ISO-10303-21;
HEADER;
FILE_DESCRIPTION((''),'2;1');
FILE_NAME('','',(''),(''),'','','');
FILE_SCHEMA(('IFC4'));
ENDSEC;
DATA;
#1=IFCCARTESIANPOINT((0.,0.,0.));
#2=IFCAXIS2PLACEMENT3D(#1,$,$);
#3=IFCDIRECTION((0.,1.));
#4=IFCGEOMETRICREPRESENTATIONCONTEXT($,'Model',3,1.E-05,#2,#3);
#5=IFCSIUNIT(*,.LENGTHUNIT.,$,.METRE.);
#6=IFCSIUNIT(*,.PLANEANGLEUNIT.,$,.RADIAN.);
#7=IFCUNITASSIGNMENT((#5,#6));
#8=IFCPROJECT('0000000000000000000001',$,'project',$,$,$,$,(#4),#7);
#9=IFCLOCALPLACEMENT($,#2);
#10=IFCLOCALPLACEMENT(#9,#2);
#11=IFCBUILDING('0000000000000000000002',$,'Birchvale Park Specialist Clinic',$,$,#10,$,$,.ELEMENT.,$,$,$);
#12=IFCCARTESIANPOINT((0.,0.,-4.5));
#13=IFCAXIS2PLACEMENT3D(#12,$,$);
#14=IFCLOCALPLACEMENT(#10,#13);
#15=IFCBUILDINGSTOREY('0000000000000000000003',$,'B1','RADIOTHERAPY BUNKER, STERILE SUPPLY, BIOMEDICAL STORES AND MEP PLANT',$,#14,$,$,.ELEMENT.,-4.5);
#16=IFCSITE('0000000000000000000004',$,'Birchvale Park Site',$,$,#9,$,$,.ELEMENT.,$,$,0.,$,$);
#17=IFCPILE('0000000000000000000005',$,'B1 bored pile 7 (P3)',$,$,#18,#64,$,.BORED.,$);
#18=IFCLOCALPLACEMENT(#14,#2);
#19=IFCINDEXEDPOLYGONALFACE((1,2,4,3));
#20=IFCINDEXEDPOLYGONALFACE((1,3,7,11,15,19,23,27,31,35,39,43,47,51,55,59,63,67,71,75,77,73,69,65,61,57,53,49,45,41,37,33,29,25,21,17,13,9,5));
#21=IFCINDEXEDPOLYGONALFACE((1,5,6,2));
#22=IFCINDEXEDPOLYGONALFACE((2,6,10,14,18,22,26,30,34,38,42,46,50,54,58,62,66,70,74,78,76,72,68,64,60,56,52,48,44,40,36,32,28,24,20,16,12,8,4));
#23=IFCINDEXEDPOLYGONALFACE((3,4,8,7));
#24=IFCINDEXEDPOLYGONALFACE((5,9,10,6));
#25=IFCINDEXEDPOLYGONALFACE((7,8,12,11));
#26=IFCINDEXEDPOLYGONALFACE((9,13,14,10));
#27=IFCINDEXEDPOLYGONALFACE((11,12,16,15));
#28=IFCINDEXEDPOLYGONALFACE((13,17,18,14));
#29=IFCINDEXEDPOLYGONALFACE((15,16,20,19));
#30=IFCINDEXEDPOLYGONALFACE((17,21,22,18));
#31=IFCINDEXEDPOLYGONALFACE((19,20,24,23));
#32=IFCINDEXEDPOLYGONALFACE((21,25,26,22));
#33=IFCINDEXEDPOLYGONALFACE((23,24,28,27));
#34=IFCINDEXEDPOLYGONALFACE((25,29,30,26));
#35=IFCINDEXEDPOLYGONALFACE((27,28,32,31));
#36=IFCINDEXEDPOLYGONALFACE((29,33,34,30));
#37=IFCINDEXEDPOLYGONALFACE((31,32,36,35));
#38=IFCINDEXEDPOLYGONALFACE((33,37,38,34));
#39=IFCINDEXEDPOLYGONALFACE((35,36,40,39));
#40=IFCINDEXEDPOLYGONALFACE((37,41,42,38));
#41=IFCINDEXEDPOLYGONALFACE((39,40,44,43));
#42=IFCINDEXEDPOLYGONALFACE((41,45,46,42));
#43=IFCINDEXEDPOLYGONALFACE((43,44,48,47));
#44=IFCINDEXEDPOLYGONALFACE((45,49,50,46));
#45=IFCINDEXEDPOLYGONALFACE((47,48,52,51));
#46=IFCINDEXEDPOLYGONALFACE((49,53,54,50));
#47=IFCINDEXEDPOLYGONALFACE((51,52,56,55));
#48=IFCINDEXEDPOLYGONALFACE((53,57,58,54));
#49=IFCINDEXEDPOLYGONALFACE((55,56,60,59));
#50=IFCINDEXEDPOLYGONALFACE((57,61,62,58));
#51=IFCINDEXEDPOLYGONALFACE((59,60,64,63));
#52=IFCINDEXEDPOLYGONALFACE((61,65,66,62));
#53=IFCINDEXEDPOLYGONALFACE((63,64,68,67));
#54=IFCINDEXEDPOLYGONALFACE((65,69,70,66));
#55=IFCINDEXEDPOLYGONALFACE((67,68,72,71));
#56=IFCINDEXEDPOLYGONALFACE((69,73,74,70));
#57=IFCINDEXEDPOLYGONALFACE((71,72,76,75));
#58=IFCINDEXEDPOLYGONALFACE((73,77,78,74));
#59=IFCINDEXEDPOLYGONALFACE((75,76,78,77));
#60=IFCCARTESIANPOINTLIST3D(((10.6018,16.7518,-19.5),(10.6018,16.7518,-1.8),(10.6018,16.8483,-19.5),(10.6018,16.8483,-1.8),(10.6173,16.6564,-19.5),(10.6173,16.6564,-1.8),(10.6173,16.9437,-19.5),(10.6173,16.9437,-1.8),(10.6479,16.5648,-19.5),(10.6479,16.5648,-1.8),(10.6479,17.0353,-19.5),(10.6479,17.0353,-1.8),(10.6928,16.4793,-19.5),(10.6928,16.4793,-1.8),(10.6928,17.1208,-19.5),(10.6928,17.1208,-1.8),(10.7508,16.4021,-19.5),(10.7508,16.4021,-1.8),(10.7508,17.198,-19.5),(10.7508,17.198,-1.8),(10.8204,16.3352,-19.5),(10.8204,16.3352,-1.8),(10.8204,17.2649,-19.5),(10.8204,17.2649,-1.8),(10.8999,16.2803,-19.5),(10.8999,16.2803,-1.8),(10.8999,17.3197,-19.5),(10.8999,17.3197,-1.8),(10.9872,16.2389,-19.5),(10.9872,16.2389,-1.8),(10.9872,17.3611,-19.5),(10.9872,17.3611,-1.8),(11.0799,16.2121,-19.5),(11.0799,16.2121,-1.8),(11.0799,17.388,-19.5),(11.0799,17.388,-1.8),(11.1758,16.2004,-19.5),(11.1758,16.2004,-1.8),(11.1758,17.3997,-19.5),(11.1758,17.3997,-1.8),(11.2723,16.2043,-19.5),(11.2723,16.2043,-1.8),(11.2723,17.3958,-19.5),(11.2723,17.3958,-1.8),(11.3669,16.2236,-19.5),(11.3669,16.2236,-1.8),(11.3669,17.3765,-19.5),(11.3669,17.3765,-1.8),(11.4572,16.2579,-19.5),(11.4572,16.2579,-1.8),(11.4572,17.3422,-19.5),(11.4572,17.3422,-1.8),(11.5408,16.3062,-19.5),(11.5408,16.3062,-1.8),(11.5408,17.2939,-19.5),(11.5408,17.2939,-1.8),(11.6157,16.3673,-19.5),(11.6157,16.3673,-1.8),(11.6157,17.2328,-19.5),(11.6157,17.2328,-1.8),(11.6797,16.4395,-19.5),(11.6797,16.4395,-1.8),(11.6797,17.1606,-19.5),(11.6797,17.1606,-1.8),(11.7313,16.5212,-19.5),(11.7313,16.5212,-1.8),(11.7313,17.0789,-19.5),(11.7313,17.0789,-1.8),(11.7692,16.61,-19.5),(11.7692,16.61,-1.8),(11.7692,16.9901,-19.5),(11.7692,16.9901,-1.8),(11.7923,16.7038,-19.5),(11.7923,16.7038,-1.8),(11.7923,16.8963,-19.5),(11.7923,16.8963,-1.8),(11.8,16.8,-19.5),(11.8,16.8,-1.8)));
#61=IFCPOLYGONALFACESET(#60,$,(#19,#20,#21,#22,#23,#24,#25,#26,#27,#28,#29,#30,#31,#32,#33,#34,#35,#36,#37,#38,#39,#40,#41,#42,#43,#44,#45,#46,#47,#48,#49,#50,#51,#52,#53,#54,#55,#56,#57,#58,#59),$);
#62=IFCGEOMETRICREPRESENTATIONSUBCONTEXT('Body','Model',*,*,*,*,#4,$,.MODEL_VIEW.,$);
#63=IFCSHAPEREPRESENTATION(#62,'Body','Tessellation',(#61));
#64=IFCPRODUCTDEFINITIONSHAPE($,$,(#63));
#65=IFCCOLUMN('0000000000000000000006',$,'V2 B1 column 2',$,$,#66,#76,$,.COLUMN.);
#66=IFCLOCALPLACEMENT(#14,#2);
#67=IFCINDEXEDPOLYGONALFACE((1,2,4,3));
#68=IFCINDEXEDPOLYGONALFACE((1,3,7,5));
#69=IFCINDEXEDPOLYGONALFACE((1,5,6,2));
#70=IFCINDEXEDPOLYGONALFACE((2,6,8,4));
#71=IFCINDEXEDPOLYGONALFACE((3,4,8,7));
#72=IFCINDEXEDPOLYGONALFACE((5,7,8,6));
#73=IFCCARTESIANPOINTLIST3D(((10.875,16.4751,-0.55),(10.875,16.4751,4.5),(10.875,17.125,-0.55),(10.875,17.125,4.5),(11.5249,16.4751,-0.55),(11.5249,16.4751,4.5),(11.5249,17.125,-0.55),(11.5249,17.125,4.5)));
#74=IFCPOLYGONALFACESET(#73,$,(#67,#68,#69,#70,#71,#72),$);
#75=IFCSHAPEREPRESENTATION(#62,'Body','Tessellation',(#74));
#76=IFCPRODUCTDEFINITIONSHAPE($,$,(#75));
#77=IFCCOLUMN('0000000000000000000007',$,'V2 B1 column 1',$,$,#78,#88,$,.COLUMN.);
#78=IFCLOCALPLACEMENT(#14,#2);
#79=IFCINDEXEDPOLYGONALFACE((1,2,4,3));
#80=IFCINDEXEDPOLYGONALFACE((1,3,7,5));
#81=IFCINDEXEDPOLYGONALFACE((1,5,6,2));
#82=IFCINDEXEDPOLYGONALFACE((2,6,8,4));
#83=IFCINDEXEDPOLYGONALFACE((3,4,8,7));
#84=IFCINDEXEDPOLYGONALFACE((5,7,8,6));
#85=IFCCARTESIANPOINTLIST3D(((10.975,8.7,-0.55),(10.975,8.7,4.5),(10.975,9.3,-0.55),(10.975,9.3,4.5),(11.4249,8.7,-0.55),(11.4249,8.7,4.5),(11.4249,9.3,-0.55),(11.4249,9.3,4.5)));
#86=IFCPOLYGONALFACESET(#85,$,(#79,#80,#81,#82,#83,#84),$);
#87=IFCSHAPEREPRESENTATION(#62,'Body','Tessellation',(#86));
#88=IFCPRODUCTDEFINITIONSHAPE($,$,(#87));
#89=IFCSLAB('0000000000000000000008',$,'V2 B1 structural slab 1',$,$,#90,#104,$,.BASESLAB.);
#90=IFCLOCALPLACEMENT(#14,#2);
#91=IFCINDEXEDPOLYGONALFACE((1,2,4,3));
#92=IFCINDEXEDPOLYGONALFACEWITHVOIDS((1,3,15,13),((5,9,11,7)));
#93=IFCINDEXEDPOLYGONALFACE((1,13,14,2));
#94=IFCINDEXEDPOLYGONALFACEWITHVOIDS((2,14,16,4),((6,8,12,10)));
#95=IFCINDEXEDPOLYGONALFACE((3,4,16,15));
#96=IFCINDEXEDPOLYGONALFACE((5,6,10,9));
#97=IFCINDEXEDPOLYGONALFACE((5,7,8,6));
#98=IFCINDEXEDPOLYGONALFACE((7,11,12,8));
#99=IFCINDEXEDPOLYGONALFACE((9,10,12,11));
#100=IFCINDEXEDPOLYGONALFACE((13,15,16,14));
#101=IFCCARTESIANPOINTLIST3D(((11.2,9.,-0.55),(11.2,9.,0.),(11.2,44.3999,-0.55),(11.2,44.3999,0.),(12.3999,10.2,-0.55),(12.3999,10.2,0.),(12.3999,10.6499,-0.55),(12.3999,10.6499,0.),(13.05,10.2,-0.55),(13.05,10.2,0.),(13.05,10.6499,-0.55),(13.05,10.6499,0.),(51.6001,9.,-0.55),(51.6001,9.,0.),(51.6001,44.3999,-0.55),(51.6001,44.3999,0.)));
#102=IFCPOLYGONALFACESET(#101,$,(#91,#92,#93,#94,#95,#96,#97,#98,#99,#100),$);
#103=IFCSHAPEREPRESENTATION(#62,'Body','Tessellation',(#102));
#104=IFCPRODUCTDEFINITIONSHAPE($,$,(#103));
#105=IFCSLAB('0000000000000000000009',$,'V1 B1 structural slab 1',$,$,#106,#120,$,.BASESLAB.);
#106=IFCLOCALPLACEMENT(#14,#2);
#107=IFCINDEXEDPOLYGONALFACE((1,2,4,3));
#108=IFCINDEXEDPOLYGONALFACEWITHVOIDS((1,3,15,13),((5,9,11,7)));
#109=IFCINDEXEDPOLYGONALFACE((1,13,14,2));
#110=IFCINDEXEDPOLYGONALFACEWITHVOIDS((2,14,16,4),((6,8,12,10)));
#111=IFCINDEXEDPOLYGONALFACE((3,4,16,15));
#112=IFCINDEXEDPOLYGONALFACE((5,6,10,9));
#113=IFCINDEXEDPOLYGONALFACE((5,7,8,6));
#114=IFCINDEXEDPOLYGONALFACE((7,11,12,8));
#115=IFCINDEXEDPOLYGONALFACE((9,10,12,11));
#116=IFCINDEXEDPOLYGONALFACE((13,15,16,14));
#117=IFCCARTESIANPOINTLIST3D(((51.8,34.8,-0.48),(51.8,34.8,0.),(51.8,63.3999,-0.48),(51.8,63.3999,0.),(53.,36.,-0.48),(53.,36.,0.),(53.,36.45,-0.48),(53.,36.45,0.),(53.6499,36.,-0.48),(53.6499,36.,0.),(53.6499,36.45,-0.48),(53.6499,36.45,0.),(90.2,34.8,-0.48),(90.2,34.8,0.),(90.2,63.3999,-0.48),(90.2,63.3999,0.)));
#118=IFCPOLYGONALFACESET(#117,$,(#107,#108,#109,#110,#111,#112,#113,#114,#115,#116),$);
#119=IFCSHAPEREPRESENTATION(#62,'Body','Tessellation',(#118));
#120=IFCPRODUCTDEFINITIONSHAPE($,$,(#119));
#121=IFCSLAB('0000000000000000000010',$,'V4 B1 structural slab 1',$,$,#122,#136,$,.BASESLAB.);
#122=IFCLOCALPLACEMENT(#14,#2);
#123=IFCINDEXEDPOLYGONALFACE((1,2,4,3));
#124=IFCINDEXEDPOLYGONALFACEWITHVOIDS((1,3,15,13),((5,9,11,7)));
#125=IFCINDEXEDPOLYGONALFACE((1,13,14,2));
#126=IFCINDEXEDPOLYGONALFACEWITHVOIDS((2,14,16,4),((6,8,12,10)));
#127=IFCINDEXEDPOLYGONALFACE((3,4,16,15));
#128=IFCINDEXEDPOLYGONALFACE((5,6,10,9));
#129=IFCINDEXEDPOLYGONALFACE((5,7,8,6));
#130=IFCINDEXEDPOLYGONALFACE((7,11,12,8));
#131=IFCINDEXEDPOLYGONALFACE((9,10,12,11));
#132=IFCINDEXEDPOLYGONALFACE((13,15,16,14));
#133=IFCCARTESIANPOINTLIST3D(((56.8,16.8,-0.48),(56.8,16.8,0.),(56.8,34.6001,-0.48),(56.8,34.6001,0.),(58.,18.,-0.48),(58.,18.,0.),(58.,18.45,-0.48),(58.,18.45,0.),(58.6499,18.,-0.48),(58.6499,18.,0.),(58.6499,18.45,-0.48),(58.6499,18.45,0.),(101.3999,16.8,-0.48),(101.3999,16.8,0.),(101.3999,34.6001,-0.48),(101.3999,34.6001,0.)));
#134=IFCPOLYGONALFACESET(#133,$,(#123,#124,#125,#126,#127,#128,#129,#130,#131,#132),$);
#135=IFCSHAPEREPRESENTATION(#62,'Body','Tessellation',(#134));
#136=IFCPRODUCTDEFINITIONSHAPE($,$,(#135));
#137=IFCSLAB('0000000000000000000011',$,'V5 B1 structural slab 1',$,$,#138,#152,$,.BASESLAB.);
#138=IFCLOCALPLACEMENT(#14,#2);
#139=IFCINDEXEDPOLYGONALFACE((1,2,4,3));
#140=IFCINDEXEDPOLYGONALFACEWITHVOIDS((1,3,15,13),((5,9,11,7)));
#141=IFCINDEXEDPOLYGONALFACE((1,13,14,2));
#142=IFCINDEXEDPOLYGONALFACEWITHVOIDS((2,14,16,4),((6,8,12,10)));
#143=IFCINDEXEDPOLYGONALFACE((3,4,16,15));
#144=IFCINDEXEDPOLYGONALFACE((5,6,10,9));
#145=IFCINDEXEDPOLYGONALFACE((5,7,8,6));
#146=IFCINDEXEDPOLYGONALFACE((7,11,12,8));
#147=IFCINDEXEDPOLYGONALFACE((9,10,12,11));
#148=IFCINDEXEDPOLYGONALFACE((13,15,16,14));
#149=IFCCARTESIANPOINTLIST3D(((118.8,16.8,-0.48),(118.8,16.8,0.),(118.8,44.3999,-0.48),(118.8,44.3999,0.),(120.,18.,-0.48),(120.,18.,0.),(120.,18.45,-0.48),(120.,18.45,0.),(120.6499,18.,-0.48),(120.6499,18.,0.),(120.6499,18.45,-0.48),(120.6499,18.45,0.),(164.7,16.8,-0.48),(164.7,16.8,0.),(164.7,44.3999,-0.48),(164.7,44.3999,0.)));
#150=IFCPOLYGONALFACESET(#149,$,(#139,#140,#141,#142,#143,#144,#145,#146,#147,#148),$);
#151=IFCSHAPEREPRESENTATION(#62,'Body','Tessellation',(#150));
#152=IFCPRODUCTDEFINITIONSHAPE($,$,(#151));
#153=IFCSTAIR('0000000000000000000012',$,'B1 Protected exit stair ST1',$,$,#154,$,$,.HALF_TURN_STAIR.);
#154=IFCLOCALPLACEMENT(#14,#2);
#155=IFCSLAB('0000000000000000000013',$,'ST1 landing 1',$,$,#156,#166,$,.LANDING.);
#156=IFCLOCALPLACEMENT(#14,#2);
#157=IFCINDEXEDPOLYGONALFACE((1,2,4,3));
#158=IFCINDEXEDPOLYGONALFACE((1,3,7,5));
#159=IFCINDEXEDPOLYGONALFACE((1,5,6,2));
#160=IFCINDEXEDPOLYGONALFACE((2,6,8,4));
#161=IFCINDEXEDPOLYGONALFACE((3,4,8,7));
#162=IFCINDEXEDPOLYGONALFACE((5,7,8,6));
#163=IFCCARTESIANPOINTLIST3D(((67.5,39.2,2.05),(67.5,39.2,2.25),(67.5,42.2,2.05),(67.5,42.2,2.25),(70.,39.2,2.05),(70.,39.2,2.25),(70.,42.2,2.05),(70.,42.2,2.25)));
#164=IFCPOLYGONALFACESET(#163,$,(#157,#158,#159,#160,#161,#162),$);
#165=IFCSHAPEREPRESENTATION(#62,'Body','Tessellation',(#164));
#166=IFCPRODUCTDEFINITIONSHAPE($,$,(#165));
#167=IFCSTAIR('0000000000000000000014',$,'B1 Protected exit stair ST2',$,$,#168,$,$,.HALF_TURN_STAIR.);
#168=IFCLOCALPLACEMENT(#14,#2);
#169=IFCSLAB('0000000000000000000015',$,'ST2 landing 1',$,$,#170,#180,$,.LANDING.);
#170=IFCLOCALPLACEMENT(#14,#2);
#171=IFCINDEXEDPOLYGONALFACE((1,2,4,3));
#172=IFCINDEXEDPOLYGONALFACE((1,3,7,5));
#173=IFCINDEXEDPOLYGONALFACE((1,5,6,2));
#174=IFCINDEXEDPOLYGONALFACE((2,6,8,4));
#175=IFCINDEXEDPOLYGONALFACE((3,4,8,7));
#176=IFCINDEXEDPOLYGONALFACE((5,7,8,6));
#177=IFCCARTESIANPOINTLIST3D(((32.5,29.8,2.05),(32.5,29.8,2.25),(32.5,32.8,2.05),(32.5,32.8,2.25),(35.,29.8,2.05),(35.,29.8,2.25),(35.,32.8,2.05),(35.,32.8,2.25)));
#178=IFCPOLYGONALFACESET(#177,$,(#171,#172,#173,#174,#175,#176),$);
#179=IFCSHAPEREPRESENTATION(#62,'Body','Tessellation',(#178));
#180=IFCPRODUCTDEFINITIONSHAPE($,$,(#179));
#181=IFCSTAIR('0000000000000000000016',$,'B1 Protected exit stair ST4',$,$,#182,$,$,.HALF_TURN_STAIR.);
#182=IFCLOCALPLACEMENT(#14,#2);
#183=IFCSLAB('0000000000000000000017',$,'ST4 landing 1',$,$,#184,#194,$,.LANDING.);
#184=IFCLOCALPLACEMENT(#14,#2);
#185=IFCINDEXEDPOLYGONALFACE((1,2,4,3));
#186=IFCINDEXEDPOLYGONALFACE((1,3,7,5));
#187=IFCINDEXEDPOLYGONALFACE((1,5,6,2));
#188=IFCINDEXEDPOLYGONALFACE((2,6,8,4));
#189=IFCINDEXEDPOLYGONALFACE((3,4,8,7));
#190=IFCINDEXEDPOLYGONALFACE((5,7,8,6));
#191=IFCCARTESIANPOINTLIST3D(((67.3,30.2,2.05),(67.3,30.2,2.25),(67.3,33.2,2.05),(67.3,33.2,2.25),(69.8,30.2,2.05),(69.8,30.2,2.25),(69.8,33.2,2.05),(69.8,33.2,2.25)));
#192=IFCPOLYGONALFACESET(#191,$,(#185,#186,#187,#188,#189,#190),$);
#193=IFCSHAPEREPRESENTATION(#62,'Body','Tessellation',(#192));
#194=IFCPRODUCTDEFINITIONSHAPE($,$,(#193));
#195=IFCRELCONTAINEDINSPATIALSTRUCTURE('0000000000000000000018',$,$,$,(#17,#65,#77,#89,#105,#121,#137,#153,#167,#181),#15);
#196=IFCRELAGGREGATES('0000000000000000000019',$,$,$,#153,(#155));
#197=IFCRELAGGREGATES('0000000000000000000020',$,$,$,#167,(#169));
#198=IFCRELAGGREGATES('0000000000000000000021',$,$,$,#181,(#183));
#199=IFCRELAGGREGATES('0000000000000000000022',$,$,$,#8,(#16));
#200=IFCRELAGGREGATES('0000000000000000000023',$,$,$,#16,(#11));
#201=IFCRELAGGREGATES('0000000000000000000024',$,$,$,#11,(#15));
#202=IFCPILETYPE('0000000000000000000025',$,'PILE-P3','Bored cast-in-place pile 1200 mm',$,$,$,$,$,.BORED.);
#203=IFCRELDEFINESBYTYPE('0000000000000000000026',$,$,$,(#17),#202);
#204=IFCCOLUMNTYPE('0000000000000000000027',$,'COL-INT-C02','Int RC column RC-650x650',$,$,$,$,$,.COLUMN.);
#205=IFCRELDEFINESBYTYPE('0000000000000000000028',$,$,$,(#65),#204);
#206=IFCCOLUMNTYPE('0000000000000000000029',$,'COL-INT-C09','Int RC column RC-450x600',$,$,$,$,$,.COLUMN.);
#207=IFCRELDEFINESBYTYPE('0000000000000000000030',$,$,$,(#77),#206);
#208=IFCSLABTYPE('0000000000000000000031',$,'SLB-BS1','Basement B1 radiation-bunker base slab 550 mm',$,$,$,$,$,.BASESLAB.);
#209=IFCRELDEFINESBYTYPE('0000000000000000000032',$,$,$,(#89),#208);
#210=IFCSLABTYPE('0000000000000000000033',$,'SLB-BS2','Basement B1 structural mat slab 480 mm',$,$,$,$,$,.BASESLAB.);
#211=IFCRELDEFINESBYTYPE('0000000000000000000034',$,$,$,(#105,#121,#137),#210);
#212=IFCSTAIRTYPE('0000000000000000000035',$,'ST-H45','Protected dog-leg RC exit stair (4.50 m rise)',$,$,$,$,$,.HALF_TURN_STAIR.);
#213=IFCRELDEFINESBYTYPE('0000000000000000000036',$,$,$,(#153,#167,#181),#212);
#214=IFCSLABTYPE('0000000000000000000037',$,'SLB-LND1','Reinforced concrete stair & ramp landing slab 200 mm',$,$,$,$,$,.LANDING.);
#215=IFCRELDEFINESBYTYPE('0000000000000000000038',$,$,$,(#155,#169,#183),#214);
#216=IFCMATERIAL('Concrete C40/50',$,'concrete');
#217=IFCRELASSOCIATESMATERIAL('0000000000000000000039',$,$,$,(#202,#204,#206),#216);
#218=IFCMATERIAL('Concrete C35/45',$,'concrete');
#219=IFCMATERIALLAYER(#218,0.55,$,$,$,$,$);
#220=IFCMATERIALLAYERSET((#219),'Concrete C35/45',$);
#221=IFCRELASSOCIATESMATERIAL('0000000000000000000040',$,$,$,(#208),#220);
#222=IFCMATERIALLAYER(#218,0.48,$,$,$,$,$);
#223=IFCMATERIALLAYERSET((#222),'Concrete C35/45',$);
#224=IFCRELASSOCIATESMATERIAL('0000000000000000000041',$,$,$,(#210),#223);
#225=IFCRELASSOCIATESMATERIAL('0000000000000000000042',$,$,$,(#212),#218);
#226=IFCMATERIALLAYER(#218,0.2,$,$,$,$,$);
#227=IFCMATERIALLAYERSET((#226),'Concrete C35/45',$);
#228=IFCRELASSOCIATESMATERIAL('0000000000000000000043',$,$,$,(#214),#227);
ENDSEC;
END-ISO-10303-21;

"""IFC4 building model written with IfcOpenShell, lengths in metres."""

from ifc_helpers import new_model, si_unit, direction, frame, origin, origin_2d, place, context, subcontext, project, spatial, polyline, rectangle, circle, outline, extrude, material, layer, layer_set, material_profile, profile_set, type_object, element, aggregate, save


model = new_model("IFC4")

# Units and contexts
model_context = context("Model", 3, precision=1e-05, world=origin(), true_north=direction((0.0, 1.0)))
body_context = subcontext(model_context, "Body", "Model", "MODEL_VIEW")
ifc_project = project(units=[si_unit("LENGTHUNIT", "METRE"), si_unit("PLANEANGLEUNIT", "RADIAN")], contexts=[model_context])

# Site, building, storey
site_placement = place(None, origin())
site = spatial("IfcSite", under=ifc_project, at=site_placement, Name="Birchvale Park Site", CompositionType="ELEMENT", RefElevation=0.0)
building_placement = place(site_placement, origin())
building = spatial("IfcBuilding", under=site, at=building_placement, Name="Birchvale Park Specialist Clinic", CompositionType="ELEMENT")
storey_placement = place(building_placement, frame((0.0, 0.0, -4.5)))
storey = spatial("IfcBuildingStorey", under=building, at=storey_placement, Name="B1", Description="RADIOTHERAPY BUNKER, STERILE SUPPLY, BIOMEDICAL STORES AND MEP PLANT", CompositionType="ELEMENT", Elevation=-4.5)

# Shared definitions
ifc_material_1 = material(Name="Concrete C40/50", Category="concrete")

# Pile
ifc_material_profile_1 = material_profile(ifc_material_1, circle(Radius=0.6001, at=origin_2d()), Name="PILE-1200")
ifc_profile_set_1 = profile_set([ifc_material_profile_1], Name="Concrete C40/50")
pile_type_1 = type_object("IfcPileType", Name="PILE-P3", Description="Bored cast-in-place pile 1200 mm", PredefinedType="BORED", material=ifc_profile_set_1)
for number, where, z_axis, x_axis, name in (
    (1, (11.2, 16.8, -1.8), (0.0, 0.0, -1.0), (1.0, 0.0, 0.0), "B1 bored pile 7 (P3)"),
):
    element("IfcPile", number, at=place(storey_placement, frame(where, z_axis=z_axis, x_axis=x_axis)), inside=storey, type_object=pile_type_1, Name=name, PredefinedType="BORED", context=body_context, shape_type="SweptSolid", body=[
        extrude(circle(Radius=0.6001, at=origin_2d()), origin(), (0.0, 0.0, 1.0), 17.7),
    ])

# Columns
ifc_material_profile_2 = material_profile(ifc_material_1, rectangle(XDim=0.6499, YDim=0.6499, at=origin_2d()), Name="RC-650x650")
ifc_profile_set_2 = profile_set([ifc_material_profile_2], Name="Concrete C40/50")
column_type_1 = type_object("IfcColumnType", Name="COL-INT-C02", Description="Int RC column RC-650x650", PredefinedType="COLUMN", material=ifc_profile_set_2)
column_1_placement = place(storey_placement, frame((11.2, 16.8, -0.55), z_axis=(0.0, 0.0, 1.0), x_axis=(1.0, 0.0, 0.0)))
element("IfcColumn", 2, at=column_1_placement, inside=storey, type_object=column_type_1, Name="V2 B1 column 2", PredefinedType="COLUMN", context=body_context, shape_type="SweptSolid", body=[
    extrude(rectangle(XDim=0.6499, YDim=0.6499, at=origin_2d()), origin(), (0.0, 0.0, 1.0), 5.05),
])
ifc_material_profile_3 = material_profile(ifc_material_1, rectangle(XDim=0.45, YDim=0.6001, at=origin_2d()), Name="RC-450x600")
ifc_profile_set_3 = profile_set([ifc_material_profile_3], Name="Concrete C40/50")
column_type_2 = type_object("IfcColumnType", Name="COL-INT-C09", Description="Int RC column RC-450x600", PredefinedType="COLUMN", material=ifc_profile_set_3)
column_2_placement = place(storey_placement, frame((11.2, 9.0, -0.55), z_axis=(0.0, 0.0, 1.0), x_axis=(1.0, 0.0, 0.0)))
element("IfcColumn", 3, at=column_2_placement, inside=storey, type_object=column_type_2, Name="V2 B1 column 1", PredefinedType="COLUMN", context=body_context, shape_type="SweptSolid", body=[
    extrude(rectangle(XDim=0.45, YDim=0.6001, at=origin_2d()), origin(), (0.0, 0.0, 1.0), 5.05),
])

# Slabs
ifc_material_2 = material(Name="Concrete C35/45", Category="concrete")
ifc_layer_1 = layer(ifc_material_2, 0.55)
ifc_layer_set_1 = layer_set([ifc_layer_1], Name="Concrete C35/45")
slab_type_1 = type_object("IfcSlabType", Name="SLB-BS1", Description="Basement B1 radiation-bunker base slab 550 mm", PredefinedType="BASESLAB", material=ifc_layer_set_1)
slab_1_placement = place(storey_placement, frame((0.0, 0.0, -0.55)))
element("IfcSlab", 4, at=slab_1_placement, inside=storey, type_object=slab_type_1, Name="V2 B1 structural slab 1", PredefinedType="BASESLAB", context=body_context, shape_type="SweptSolid", body=[
    extrude(outline(polyline([(11.2, 9.0), (51.6001, 9.0), (51.6001, 44.3999), (11.2, 44.3999), (11.2, 9.0)]), holes=[polyline([(12.3999, 10.2), (13.05, 10.2), (13.05, 10.6499), (12.3999, 10.6499), (12.3999, 10.2)])]), origin(), (0.0, 0.0, 1.0), 0.55),
])
ifc_layer_2 = layer(ifc_material_2, 0.48)
ifc_layer_set_2 = layer_set([ifc_layer_2], Name="Concrete C35/45")
slab_type_2 = type_object("IfcSlabType", Name="SLB-BS2", Description="Basement B1 structural mat slab 480 mm", PredefinedType="BASESLAB", material=ifc_layer_set_2)
slab_2_placement = place(storey_placement, frame((0.0, 0.0, -0.48)))
element("IfcSlab", 5, at=slab_2_placement, inside=storey, type_object=slab_type_2, Name="V1 B1 structural slab 1", PredefinedType="BASESLAB", context=body_context, shape_type="SweptSolid", body=[
    extrude(outline(polyline([(51.8, 34.8), (90.2, 34.8), (90.2, 63.3999), (51.8, 63.3999), (51.8, 34.8)]), holes=[polyline([(53.0, 36.0), (53.6499, 36.0), (53.6499, 36.45), (53.0, 36.45), (53.0, 36.0)])]), origin(), (0.0, 0.0, 1.0), 0.48),
])
slab_3_placement = place(storey_placement, frame((0.0, 0.0, -0.48)))
element("IfcSlab", 6, at=slab_3_placement, inside=storey, type_object=slab_type_2, Name="V4 B1 structural slab 1", PredefinedType="BASESLAB", context=body_context, shape_type="SweptSolid", body=[
    extrude(outline(polyline([(56.8, 16.8), (101.3999, 16.8), (101.3999, 34.6001), (56.8, 34.6001), (56.8, 16.8)]), holes=[polyline([(58.0, 18.0), (58.6499, 18.0), (58.6499, 18.45), (58.0, 18.45), (58.0, 18.0)])]), origin(), (0.0, 0.0, 1.0), 0.48),
])
slab_4_placement = place(storey_placement, frame((0.0, 0.0, -0.48)))
element("IfcSlab", 7, at=slab_4_placement, inside=storey, type_object=slab_type_2, Name="V5 B1 structural slab 1", PredefinedType="BASESLAB", context=body_context, shape_type="SweptSolid", body=[
    extrude(outline(polyline([(118.8, 16.8), (164.7, 16.8), (164.7, 44.3999), (118.8, 44.3999), (118.8, 16.8)]), holes=[polyline([(120.0, 18.0), (120.6499, 18.0), (120.6499, 18.45), (120.0, 18.45), (120.0, 18.0)])]), origin(), (0.0, 0.0, 1.0), 0.48),
])

# Stairs, slabs
stair_type = type_object("IfcStairType", Name="ST-H45", Description="Protected dog-leg RC exit stair (4.50 m rise)", PredefinedType="HALF_TURN_STAIR", material=ifc_material_2)
stair_1_placement = place(storey_placement, origin())
stair_1 = element("IfcStair", 8, at=stair_1_placement, inside=storey, type_object=stair_type, Name="B1 Protected exit stair ST1", PredefinedType="HALF_TURN_STAIR")
ifc_layer_3 = layer(ifc_material_2, 0.2)
ifc_layer_set_3 = layer_set([ifc_layer_3], Name="Concrete C35/45")
slab_type_3 = type_object("IfcSlabType", Name="SLB-LND1", Description="Reinforced concrete stair & ramp landing slab 200 mm", PredefinedType="LANDING", material=ifc_layer_set_3)
slab_5_placement = place(storey_placement, frame((0.0, 0.0, 2.05)))
slab_5 = element("IfcSlab", 9, at=slab_5_placement, type_object=slab_type_3, Name="ST1 landing 1", PredefinedType="LANDING", context=body_context, shape_type="SweptSolid", body=[
    extrude(outline(polyline([(67.5, 39.2), (70.0, 39.2), (70.0, 42.2), (67.5, 42.2), (67.5, 39.2)])), origin(), (0.0, 0.0, 1.0), 0.2),
])
aggregate(stair_1, [slab_5])
stair_2_placement = place(storey_placement, origin())
stair_2 = element("IfcStair", 10, at=stair_2_placement, inside=storey, type_object=stair_type, Name="B1 Protected exit stair ST2", PredefinedType="HALF_TURN_STAIR")
slab_6_placement = place(storey_placement, frame((0.0, 0.0, 2.05)))
slab_6 = element("IfcSlab", 11, at=slab_6_placement, type_object=slab_type_3, Name="ST2 landing 1", PredefinedType="LANDING", context=body_context, shape_type="SweptSolid", body=[
    extrude(outline(polyline([(32.5, 29.8), (35.0, 29.8), (35.0, 32.8), (32.5, 32.8), (32.5, 29.8)])), origin(), (0.0, 0.0, 1.0), 0.2),
])
aggregate(stair_2, [slab_6])
stair_3_placement = place(storey_placement, origin())
stair_3 = element("IfcStair", 12, at=stair_3_placement, inside=storey, type_object=stair_type, Name="B1 Protected exit stair ST4", PredefinedType="HALF_TURN_STAIR")
slab_7_placement = place(storey_placement, frame((0.0, 0.0, 2.05)))
slab_7 = element("IfcSlab", 13, at=slab_7_placement, type_object=slab_type_3, Name="ST4 landing 1", PredefinedType="LANDING", context=body_context, shape_type="SweptSolid", body=[
    extrude(outline(polyline([(67.3, 30.2), (69.8, 30.2), (69.8, 33.2), (67.3, 33.2), (67.3, 30.2)])), origin(), (0.0, 0.0, 1.0), 0.2),
])
aggregate(stair_3, [slab_7])

save(model, "model.ifc")
